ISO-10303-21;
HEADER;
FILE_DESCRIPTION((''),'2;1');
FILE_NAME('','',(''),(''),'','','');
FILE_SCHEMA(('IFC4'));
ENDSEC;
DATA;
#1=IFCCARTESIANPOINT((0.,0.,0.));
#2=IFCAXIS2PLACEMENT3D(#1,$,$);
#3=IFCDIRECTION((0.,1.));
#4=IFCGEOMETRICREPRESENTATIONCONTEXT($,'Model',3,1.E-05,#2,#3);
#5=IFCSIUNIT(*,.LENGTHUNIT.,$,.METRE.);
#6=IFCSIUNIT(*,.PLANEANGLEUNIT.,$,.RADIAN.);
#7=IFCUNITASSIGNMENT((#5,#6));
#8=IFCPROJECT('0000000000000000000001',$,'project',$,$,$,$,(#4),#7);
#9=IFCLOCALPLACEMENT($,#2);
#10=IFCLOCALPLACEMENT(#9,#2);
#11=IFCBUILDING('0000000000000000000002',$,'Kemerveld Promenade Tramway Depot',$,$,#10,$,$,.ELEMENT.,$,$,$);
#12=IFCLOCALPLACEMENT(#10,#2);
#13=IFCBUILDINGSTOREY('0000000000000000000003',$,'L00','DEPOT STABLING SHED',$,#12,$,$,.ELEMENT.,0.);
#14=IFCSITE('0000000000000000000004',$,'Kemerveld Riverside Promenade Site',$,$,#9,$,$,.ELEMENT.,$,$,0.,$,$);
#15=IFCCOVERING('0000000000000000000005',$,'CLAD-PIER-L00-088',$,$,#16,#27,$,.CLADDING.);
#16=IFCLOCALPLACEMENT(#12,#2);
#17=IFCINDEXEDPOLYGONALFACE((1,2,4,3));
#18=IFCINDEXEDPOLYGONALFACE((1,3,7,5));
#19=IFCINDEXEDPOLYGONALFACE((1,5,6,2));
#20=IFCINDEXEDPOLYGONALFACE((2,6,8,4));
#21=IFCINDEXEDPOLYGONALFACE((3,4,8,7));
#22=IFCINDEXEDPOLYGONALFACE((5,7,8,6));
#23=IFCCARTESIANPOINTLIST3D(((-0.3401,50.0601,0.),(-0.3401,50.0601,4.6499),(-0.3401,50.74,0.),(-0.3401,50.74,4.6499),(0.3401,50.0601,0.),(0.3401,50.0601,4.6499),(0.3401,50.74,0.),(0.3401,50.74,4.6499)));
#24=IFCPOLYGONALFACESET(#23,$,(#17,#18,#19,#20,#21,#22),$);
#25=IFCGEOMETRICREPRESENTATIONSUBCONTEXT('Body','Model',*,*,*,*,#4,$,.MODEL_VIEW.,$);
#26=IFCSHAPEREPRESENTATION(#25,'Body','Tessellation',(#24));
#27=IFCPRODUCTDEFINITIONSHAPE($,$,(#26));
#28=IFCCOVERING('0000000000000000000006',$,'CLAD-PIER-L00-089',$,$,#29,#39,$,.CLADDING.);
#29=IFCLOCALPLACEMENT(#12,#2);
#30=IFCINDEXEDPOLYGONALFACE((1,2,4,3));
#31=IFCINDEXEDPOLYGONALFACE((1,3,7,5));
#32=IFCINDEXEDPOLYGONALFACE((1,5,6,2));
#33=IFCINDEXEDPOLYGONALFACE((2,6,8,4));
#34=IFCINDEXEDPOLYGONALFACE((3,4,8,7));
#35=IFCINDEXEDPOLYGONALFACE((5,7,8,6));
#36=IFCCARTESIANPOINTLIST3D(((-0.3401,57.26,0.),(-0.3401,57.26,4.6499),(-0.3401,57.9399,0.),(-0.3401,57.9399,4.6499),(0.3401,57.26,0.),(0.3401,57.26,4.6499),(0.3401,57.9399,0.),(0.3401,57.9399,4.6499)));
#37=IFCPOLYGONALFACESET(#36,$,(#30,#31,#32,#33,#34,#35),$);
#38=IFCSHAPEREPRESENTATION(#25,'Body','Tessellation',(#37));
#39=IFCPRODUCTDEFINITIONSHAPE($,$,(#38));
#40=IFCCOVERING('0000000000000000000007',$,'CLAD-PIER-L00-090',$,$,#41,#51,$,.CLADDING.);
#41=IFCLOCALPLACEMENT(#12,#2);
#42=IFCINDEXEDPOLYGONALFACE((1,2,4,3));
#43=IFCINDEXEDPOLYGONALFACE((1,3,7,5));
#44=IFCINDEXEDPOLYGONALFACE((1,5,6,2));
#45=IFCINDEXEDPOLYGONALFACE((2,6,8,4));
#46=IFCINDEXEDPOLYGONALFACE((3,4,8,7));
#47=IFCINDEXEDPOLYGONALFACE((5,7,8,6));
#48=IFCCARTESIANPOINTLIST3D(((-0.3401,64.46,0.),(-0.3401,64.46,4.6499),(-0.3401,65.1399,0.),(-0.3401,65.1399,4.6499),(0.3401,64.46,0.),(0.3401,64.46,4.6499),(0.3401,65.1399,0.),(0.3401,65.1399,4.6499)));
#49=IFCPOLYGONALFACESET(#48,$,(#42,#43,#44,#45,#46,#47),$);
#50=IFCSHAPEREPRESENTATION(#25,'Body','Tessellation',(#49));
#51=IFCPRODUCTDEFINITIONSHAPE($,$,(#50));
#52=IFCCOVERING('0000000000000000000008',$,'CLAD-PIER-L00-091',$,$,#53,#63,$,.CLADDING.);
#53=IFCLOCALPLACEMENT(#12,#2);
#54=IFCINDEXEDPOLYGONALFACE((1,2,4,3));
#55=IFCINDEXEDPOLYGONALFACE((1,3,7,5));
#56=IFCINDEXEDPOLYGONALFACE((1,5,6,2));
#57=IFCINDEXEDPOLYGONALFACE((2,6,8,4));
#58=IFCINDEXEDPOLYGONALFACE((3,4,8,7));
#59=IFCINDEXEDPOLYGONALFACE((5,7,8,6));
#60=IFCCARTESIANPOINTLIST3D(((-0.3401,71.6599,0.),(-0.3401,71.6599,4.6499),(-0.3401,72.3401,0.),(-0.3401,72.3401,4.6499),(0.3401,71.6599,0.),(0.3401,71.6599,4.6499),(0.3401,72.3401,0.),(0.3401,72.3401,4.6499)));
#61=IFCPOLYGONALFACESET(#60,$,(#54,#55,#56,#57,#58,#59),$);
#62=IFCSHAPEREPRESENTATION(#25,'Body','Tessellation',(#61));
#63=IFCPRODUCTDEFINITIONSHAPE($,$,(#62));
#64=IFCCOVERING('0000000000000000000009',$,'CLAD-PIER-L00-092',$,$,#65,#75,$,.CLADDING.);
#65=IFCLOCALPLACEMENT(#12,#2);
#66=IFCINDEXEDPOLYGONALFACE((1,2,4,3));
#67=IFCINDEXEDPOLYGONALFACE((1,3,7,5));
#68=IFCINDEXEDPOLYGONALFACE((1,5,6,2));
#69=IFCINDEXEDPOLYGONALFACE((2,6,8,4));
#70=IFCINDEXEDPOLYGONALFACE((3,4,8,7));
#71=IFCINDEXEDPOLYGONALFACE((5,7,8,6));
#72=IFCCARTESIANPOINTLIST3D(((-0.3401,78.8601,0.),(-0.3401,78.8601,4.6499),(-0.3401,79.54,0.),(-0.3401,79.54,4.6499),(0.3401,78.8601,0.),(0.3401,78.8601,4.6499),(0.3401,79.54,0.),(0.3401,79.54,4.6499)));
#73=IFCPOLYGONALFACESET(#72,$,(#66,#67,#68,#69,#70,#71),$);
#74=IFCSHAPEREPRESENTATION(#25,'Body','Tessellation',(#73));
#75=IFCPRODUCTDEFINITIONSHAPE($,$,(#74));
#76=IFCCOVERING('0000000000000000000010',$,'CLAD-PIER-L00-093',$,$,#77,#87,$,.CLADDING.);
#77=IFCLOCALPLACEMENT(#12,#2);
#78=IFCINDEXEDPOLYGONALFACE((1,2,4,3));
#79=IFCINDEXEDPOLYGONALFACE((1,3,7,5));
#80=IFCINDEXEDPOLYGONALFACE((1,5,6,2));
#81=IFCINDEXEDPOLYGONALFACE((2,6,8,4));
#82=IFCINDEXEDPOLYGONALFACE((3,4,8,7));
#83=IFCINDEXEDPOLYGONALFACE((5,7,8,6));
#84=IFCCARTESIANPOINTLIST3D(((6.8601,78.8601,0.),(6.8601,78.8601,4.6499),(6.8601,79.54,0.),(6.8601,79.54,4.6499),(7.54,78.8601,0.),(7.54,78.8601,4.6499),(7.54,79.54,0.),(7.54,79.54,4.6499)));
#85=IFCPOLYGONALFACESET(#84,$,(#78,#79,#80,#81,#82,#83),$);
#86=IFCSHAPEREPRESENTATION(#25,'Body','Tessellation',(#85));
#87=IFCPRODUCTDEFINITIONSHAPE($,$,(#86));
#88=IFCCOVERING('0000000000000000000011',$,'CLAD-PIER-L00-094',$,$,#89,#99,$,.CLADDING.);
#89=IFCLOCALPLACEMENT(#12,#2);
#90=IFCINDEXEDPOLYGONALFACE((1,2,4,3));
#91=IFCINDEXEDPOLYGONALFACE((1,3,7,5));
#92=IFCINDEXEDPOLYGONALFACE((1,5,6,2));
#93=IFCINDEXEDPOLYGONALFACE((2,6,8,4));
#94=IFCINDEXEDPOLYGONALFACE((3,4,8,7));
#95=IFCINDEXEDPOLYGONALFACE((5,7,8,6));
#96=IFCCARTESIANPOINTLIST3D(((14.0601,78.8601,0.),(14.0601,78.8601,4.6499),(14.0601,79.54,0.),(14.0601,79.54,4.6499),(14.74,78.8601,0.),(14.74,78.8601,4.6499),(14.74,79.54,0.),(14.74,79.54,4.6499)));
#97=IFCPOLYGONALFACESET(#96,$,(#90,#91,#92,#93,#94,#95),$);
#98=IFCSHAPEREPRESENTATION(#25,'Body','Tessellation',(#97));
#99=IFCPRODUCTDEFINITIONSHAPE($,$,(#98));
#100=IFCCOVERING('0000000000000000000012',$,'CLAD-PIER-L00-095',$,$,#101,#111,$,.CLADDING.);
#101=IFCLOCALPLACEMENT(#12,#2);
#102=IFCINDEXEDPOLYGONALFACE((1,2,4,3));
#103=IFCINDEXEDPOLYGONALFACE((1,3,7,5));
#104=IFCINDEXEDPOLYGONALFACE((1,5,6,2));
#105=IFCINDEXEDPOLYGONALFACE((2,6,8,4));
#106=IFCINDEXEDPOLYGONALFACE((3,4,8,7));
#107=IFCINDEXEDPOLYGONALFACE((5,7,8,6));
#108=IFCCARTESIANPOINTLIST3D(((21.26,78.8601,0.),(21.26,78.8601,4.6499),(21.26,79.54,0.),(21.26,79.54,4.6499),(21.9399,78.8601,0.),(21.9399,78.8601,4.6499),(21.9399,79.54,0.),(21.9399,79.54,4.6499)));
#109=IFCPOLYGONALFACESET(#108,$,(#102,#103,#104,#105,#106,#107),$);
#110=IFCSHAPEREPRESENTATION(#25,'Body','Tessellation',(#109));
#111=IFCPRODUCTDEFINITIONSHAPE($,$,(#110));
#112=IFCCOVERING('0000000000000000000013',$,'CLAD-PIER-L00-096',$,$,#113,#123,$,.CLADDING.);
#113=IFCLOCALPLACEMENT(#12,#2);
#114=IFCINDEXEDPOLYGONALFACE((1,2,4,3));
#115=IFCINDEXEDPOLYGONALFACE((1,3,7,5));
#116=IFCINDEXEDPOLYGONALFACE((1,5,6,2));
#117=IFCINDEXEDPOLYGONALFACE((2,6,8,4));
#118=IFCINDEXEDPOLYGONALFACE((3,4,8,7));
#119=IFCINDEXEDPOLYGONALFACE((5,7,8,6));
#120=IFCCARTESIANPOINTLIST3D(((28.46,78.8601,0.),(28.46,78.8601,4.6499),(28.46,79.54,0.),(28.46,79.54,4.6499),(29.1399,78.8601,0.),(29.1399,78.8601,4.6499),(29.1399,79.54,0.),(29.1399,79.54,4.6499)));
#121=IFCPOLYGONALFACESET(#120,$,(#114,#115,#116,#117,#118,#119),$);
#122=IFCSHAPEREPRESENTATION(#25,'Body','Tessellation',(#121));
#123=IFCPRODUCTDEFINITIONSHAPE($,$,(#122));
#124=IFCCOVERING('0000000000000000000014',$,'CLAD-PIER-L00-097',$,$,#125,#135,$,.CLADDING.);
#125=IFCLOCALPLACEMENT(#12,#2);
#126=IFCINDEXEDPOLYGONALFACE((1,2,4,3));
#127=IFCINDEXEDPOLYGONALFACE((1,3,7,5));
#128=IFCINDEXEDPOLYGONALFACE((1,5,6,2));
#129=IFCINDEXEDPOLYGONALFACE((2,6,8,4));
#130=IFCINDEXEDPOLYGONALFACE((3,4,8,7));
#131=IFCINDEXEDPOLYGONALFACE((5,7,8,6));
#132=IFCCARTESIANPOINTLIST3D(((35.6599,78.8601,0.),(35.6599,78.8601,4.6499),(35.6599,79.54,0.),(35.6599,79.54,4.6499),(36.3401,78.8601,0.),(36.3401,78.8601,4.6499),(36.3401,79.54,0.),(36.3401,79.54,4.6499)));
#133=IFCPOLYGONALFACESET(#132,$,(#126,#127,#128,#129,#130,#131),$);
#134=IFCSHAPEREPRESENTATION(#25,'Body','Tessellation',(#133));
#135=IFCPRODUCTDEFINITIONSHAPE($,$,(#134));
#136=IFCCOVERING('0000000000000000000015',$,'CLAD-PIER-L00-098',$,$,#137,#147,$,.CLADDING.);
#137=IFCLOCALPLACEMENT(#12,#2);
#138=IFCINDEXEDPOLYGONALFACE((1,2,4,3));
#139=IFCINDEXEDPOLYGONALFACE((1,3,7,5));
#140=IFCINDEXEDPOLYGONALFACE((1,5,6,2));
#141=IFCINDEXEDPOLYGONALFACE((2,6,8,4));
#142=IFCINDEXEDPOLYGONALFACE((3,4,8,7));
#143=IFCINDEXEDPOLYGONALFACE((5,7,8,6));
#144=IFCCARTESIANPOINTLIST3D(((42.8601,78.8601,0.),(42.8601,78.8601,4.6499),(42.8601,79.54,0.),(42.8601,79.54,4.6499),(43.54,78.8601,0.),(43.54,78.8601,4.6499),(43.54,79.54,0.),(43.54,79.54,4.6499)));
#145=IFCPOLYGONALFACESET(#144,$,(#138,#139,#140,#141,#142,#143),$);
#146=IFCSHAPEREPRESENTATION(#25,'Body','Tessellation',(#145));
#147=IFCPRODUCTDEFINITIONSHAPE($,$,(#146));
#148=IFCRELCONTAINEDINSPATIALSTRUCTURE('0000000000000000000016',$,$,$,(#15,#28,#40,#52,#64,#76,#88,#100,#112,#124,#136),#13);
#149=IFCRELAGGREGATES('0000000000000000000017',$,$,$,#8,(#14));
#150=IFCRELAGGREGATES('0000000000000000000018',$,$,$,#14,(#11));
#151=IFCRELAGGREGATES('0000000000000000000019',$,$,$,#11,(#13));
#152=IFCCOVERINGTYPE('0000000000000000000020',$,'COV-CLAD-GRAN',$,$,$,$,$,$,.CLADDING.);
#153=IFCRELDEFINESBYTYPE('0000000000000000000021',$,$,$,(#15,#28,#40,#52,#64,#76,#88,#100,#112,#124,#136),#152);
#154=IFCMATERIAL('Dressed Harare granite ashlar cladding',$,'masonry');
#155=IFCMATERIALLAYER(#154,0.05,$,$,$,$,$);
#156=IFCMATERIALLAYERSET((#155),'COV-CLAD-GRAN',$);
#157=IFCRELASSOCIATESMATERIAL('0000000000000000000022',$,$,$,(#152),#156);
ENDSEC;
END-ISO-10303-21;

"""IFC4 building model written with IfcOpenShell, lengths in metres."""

from ifc_helpers import new_model, si_unit, direction, origin, place, context, subcontext, project, spatial, polyline, outline, extrude, material, layer, layer_set, type_object, element, save


model = new_model("IFC4")

# Units and contexts
model_context = context("Model", 3, precision=1e-05, world=origin(), true_north=direction((0.0, 1.0)))
body_context = subcontext(model_context, "Body", "Model", "MODEL_VIEW")
ifc_project = project(units=[si_unit("LENGTHUNIT", "METRE"), si_unit("PLANEANGLEUNIT", "RADIAN")], contexts=[model_context])

# Site, building, storey
site_placement = place(None, origin())
site = spatial("IfcSite", under=ifc_project, at=site_placement, Name="Kemerveld Riverside Promenade Site", CompositionType="ELEMENT", RefElevation=0.0)
building_placement = place(site_placement, origin())
building = spatial("IfcBuilding", under=site, at=building_placement, Name="Kemerveld Promenade Tramway Depot", CompositionType="ELEMENT")
storey_placement = place(building_placement, origin())
storey = spatial("IfcBuildingStorey", under=building, at=storey_placement, Name="L00", Description="DEPOT STABLING SHED", CompositionType="ELEMENT", Elevation=0.0)

# Coverings
ifc_material_1 = material(Name="Dressed Harare granite ashlar cladding", Category="masonry")
ifc_layer = layer(ifc_material_1, 0.05)
ifc_layer_set = layer_set([ifc_layer], Name="COV-CLAD-GRAN")
covering_type = type_object("IfcCoveringType", Name="COV-CLAD-GRAN", PredefinedType="CLADDING", material=ifc_layer_set)
covering_1_placement = place(storey_placement, origin())
element("IfcCovering", 1, at=covering_1_placement, inside=storey, type_object=covering_type, Name="CLAD-PIER-L00-088", PredefinedType="CLADDING", context=body_context, shape_type="SweptSolid", body=[
    extrude(outline(polyline([(-0.3401, 50.0601), (0.3401, 50.0601), (0.3401, 50.74), (-0.3401, 50.74), (-0.3401, 50.0601)])), origin(), (0.0, 0.0, 1.0), 4.6499),
])
covering_2_placement = place(storey_placement, origin())
element("IfcCovering", 2, at=covering_2_placement, inside=storey, type_object=covering_type, Name="CLAD-PIER-L00-089", PredefinedType="CLADDING", context=body_context, shape_type="SweptSolid", body=[
    extrude(outline(polyline([(-0.3401, 57.26), (0.3401, 57.26), (0.3401, 57.9399), (-0.3401, 57.9399), (-0.3401, 57.26)])), origin(), (0.0, 0.0, 1.0), 4.6499),
])
covering_3_placement = place(storey_placement, origin())
element("IfcCovering", 3, at=covering_3_placement, inside=storey, type_object=covering_type, Name="CLAD-PIER-L00-090", PredefinedType="CLADDING", context=body_context, shape_type="SweptSolid", body=[
    extrude(outline(polyline([(-0.3401, 64.46), (0.3401, 64.46), (0.3401, 65.1399), (-0.3401, 65.1399), (-0.3401, 64.46)])), origin(), (0.0, 0.0, 1.0), 4.6499),
])
covering_4_placement = place(storey_placement, origin())
element("IfcCovering", 4, at=covering_4_placement, inside=storey, type_object=covering_type, Name="CLAD-PIER-L00-091", PredefinedType="CLADDING", context=body_context, shape_type="SweptSolid", body=[
    extrude(outline(polyline([(-0.3401, 71.6599), (0.3401, 71.6599), (0.3401, 72.3401), (-0.3401, 72.3401), (-0.3401, 71.6599)])), origin(), (0.0, 0.0, 1.0), 4.6499),
])
covering_5_placement = place(storey_placement, origin())
element("IfcCovering", 5, at=covering_5_placement, inside=storey, type_object=covering_type, Name="CLAD-PIER-L00-092", PredefinedType="CLADDING", context=body_context, shape_type="SweptSolid", body=[
    extrude(outline(polyline([(-0.3401, 78.8601), (0.3401, 78.8601), (0.3401, 79.54), (-0.3401, 79.54), (-0.3401, 78.8601)])), origin(), (0.0, 0.0, 1.0), 4.6499),
])
covering_6_placement = place(storey_placement, origin())
element("IfcCovering", 6, at=covering_6_placement, inside=storey, type_object=covering_type, Name="CLAD-PIER-L00-093", PredefinedType="CLADDING", context=body_context, shape_type="SweptSolid", body=[
    extrude(outline(polyline([(6.8601, 78.8601), (7.54, 78.8601), (7.54, 79.54), (6.8601, 79.54), (6.8601, 78.8601)])), origin(), (0.0, 0.0, 1.0), 4.6499),
])
covering_7_placement = place(storey_placement, origin())
element("IfcCovering", 7, at=covering_7_placement, inside=storey, type_object=covering_type, Name="CLAD-PIER-L00-094", PredefinedType="CLADDING", context=body_context, shape_type="SweptSolid", body=[
    extrude(outline(polyline([(14.0601, 78.8601), (14.74, 78.8601), (14.74, 79.54), (14.0601, 79.54), (14.0601, 78.8601)])), origin(), (0.0, 0.0, 1.0), 4.6499),
])
covering_8_placement = place(storey_placement, origin())
element("IfcCovering", 8, at=covering_8_placement, inside=storey, type_object=covering_type, Name="CLAD-PIER-L00-095", PredefinedType="CLADDING", context=body_context, shape_type="SweptSolid", body=[
    extrude(outline(polyline([(21.26, 78.8601), (21.9399, 78.8601), (21.9399, 79.54), (21.26, 79.54), (21.26, 78.8601)])), origin(), (0.0, 0.0, 1.0), 4.6499),
])
covering_9_placement = place(storey_placement, origin())
element("IfcCovering", 9, at=covering_9_placement, inside=storey, type_object=covering_type, Name="CLAD-PIER-L00-096", PredefinedType="CLADDING", context=body_context, shape_type="SweptSolid", body=[
    extrude(outline(polyline([(28.46, 78.8601), (29.1399, 78.8601), (29.1399, 79.54), (28.46, 79.54), (28.46, 78.8601)])), origin(), (0.0, 0.0, 1.0), 4.6499),
])
covering_10_placement = place(storey_placement, origin())
element("IfcCovering", 10, at=covering_10_placement, inside=storey, type_object=covering_type, Name="CLAD-PIER-L00-097", PredefinedType="CLADDING", context=body_context, shape_type="SweptSolid", body=[
    extrude(outline(polyline([(35.6599, 78.8601), (36.3401, 78.8601), (36.3401, 79.54), (35.6599, 79.54), (35.6599, 78.8601)])), origin(), (0.0, 0.0, 1.0), 4.6499),
])
covering_11_placement = place(storey_placement, origin())
element("IfcCovering", 11, at=covering_11_placement, inside=storey, type_object=covering_type, Name="CLAD-PIER-L00-098", PredefinedType="CLADDING", context=body_context, shape_type="SweptSolid", body=[
    extrude(outline(polyline([(42.8601, 78.8601), (43.54, 78.8601), (43.54, 79.54), (42.8601, 79.54), (42.8601, 78.8601)])), origin(), (0.0, 0.0, 1.0), 4.6499),
])

save(model, "model.ifc")
